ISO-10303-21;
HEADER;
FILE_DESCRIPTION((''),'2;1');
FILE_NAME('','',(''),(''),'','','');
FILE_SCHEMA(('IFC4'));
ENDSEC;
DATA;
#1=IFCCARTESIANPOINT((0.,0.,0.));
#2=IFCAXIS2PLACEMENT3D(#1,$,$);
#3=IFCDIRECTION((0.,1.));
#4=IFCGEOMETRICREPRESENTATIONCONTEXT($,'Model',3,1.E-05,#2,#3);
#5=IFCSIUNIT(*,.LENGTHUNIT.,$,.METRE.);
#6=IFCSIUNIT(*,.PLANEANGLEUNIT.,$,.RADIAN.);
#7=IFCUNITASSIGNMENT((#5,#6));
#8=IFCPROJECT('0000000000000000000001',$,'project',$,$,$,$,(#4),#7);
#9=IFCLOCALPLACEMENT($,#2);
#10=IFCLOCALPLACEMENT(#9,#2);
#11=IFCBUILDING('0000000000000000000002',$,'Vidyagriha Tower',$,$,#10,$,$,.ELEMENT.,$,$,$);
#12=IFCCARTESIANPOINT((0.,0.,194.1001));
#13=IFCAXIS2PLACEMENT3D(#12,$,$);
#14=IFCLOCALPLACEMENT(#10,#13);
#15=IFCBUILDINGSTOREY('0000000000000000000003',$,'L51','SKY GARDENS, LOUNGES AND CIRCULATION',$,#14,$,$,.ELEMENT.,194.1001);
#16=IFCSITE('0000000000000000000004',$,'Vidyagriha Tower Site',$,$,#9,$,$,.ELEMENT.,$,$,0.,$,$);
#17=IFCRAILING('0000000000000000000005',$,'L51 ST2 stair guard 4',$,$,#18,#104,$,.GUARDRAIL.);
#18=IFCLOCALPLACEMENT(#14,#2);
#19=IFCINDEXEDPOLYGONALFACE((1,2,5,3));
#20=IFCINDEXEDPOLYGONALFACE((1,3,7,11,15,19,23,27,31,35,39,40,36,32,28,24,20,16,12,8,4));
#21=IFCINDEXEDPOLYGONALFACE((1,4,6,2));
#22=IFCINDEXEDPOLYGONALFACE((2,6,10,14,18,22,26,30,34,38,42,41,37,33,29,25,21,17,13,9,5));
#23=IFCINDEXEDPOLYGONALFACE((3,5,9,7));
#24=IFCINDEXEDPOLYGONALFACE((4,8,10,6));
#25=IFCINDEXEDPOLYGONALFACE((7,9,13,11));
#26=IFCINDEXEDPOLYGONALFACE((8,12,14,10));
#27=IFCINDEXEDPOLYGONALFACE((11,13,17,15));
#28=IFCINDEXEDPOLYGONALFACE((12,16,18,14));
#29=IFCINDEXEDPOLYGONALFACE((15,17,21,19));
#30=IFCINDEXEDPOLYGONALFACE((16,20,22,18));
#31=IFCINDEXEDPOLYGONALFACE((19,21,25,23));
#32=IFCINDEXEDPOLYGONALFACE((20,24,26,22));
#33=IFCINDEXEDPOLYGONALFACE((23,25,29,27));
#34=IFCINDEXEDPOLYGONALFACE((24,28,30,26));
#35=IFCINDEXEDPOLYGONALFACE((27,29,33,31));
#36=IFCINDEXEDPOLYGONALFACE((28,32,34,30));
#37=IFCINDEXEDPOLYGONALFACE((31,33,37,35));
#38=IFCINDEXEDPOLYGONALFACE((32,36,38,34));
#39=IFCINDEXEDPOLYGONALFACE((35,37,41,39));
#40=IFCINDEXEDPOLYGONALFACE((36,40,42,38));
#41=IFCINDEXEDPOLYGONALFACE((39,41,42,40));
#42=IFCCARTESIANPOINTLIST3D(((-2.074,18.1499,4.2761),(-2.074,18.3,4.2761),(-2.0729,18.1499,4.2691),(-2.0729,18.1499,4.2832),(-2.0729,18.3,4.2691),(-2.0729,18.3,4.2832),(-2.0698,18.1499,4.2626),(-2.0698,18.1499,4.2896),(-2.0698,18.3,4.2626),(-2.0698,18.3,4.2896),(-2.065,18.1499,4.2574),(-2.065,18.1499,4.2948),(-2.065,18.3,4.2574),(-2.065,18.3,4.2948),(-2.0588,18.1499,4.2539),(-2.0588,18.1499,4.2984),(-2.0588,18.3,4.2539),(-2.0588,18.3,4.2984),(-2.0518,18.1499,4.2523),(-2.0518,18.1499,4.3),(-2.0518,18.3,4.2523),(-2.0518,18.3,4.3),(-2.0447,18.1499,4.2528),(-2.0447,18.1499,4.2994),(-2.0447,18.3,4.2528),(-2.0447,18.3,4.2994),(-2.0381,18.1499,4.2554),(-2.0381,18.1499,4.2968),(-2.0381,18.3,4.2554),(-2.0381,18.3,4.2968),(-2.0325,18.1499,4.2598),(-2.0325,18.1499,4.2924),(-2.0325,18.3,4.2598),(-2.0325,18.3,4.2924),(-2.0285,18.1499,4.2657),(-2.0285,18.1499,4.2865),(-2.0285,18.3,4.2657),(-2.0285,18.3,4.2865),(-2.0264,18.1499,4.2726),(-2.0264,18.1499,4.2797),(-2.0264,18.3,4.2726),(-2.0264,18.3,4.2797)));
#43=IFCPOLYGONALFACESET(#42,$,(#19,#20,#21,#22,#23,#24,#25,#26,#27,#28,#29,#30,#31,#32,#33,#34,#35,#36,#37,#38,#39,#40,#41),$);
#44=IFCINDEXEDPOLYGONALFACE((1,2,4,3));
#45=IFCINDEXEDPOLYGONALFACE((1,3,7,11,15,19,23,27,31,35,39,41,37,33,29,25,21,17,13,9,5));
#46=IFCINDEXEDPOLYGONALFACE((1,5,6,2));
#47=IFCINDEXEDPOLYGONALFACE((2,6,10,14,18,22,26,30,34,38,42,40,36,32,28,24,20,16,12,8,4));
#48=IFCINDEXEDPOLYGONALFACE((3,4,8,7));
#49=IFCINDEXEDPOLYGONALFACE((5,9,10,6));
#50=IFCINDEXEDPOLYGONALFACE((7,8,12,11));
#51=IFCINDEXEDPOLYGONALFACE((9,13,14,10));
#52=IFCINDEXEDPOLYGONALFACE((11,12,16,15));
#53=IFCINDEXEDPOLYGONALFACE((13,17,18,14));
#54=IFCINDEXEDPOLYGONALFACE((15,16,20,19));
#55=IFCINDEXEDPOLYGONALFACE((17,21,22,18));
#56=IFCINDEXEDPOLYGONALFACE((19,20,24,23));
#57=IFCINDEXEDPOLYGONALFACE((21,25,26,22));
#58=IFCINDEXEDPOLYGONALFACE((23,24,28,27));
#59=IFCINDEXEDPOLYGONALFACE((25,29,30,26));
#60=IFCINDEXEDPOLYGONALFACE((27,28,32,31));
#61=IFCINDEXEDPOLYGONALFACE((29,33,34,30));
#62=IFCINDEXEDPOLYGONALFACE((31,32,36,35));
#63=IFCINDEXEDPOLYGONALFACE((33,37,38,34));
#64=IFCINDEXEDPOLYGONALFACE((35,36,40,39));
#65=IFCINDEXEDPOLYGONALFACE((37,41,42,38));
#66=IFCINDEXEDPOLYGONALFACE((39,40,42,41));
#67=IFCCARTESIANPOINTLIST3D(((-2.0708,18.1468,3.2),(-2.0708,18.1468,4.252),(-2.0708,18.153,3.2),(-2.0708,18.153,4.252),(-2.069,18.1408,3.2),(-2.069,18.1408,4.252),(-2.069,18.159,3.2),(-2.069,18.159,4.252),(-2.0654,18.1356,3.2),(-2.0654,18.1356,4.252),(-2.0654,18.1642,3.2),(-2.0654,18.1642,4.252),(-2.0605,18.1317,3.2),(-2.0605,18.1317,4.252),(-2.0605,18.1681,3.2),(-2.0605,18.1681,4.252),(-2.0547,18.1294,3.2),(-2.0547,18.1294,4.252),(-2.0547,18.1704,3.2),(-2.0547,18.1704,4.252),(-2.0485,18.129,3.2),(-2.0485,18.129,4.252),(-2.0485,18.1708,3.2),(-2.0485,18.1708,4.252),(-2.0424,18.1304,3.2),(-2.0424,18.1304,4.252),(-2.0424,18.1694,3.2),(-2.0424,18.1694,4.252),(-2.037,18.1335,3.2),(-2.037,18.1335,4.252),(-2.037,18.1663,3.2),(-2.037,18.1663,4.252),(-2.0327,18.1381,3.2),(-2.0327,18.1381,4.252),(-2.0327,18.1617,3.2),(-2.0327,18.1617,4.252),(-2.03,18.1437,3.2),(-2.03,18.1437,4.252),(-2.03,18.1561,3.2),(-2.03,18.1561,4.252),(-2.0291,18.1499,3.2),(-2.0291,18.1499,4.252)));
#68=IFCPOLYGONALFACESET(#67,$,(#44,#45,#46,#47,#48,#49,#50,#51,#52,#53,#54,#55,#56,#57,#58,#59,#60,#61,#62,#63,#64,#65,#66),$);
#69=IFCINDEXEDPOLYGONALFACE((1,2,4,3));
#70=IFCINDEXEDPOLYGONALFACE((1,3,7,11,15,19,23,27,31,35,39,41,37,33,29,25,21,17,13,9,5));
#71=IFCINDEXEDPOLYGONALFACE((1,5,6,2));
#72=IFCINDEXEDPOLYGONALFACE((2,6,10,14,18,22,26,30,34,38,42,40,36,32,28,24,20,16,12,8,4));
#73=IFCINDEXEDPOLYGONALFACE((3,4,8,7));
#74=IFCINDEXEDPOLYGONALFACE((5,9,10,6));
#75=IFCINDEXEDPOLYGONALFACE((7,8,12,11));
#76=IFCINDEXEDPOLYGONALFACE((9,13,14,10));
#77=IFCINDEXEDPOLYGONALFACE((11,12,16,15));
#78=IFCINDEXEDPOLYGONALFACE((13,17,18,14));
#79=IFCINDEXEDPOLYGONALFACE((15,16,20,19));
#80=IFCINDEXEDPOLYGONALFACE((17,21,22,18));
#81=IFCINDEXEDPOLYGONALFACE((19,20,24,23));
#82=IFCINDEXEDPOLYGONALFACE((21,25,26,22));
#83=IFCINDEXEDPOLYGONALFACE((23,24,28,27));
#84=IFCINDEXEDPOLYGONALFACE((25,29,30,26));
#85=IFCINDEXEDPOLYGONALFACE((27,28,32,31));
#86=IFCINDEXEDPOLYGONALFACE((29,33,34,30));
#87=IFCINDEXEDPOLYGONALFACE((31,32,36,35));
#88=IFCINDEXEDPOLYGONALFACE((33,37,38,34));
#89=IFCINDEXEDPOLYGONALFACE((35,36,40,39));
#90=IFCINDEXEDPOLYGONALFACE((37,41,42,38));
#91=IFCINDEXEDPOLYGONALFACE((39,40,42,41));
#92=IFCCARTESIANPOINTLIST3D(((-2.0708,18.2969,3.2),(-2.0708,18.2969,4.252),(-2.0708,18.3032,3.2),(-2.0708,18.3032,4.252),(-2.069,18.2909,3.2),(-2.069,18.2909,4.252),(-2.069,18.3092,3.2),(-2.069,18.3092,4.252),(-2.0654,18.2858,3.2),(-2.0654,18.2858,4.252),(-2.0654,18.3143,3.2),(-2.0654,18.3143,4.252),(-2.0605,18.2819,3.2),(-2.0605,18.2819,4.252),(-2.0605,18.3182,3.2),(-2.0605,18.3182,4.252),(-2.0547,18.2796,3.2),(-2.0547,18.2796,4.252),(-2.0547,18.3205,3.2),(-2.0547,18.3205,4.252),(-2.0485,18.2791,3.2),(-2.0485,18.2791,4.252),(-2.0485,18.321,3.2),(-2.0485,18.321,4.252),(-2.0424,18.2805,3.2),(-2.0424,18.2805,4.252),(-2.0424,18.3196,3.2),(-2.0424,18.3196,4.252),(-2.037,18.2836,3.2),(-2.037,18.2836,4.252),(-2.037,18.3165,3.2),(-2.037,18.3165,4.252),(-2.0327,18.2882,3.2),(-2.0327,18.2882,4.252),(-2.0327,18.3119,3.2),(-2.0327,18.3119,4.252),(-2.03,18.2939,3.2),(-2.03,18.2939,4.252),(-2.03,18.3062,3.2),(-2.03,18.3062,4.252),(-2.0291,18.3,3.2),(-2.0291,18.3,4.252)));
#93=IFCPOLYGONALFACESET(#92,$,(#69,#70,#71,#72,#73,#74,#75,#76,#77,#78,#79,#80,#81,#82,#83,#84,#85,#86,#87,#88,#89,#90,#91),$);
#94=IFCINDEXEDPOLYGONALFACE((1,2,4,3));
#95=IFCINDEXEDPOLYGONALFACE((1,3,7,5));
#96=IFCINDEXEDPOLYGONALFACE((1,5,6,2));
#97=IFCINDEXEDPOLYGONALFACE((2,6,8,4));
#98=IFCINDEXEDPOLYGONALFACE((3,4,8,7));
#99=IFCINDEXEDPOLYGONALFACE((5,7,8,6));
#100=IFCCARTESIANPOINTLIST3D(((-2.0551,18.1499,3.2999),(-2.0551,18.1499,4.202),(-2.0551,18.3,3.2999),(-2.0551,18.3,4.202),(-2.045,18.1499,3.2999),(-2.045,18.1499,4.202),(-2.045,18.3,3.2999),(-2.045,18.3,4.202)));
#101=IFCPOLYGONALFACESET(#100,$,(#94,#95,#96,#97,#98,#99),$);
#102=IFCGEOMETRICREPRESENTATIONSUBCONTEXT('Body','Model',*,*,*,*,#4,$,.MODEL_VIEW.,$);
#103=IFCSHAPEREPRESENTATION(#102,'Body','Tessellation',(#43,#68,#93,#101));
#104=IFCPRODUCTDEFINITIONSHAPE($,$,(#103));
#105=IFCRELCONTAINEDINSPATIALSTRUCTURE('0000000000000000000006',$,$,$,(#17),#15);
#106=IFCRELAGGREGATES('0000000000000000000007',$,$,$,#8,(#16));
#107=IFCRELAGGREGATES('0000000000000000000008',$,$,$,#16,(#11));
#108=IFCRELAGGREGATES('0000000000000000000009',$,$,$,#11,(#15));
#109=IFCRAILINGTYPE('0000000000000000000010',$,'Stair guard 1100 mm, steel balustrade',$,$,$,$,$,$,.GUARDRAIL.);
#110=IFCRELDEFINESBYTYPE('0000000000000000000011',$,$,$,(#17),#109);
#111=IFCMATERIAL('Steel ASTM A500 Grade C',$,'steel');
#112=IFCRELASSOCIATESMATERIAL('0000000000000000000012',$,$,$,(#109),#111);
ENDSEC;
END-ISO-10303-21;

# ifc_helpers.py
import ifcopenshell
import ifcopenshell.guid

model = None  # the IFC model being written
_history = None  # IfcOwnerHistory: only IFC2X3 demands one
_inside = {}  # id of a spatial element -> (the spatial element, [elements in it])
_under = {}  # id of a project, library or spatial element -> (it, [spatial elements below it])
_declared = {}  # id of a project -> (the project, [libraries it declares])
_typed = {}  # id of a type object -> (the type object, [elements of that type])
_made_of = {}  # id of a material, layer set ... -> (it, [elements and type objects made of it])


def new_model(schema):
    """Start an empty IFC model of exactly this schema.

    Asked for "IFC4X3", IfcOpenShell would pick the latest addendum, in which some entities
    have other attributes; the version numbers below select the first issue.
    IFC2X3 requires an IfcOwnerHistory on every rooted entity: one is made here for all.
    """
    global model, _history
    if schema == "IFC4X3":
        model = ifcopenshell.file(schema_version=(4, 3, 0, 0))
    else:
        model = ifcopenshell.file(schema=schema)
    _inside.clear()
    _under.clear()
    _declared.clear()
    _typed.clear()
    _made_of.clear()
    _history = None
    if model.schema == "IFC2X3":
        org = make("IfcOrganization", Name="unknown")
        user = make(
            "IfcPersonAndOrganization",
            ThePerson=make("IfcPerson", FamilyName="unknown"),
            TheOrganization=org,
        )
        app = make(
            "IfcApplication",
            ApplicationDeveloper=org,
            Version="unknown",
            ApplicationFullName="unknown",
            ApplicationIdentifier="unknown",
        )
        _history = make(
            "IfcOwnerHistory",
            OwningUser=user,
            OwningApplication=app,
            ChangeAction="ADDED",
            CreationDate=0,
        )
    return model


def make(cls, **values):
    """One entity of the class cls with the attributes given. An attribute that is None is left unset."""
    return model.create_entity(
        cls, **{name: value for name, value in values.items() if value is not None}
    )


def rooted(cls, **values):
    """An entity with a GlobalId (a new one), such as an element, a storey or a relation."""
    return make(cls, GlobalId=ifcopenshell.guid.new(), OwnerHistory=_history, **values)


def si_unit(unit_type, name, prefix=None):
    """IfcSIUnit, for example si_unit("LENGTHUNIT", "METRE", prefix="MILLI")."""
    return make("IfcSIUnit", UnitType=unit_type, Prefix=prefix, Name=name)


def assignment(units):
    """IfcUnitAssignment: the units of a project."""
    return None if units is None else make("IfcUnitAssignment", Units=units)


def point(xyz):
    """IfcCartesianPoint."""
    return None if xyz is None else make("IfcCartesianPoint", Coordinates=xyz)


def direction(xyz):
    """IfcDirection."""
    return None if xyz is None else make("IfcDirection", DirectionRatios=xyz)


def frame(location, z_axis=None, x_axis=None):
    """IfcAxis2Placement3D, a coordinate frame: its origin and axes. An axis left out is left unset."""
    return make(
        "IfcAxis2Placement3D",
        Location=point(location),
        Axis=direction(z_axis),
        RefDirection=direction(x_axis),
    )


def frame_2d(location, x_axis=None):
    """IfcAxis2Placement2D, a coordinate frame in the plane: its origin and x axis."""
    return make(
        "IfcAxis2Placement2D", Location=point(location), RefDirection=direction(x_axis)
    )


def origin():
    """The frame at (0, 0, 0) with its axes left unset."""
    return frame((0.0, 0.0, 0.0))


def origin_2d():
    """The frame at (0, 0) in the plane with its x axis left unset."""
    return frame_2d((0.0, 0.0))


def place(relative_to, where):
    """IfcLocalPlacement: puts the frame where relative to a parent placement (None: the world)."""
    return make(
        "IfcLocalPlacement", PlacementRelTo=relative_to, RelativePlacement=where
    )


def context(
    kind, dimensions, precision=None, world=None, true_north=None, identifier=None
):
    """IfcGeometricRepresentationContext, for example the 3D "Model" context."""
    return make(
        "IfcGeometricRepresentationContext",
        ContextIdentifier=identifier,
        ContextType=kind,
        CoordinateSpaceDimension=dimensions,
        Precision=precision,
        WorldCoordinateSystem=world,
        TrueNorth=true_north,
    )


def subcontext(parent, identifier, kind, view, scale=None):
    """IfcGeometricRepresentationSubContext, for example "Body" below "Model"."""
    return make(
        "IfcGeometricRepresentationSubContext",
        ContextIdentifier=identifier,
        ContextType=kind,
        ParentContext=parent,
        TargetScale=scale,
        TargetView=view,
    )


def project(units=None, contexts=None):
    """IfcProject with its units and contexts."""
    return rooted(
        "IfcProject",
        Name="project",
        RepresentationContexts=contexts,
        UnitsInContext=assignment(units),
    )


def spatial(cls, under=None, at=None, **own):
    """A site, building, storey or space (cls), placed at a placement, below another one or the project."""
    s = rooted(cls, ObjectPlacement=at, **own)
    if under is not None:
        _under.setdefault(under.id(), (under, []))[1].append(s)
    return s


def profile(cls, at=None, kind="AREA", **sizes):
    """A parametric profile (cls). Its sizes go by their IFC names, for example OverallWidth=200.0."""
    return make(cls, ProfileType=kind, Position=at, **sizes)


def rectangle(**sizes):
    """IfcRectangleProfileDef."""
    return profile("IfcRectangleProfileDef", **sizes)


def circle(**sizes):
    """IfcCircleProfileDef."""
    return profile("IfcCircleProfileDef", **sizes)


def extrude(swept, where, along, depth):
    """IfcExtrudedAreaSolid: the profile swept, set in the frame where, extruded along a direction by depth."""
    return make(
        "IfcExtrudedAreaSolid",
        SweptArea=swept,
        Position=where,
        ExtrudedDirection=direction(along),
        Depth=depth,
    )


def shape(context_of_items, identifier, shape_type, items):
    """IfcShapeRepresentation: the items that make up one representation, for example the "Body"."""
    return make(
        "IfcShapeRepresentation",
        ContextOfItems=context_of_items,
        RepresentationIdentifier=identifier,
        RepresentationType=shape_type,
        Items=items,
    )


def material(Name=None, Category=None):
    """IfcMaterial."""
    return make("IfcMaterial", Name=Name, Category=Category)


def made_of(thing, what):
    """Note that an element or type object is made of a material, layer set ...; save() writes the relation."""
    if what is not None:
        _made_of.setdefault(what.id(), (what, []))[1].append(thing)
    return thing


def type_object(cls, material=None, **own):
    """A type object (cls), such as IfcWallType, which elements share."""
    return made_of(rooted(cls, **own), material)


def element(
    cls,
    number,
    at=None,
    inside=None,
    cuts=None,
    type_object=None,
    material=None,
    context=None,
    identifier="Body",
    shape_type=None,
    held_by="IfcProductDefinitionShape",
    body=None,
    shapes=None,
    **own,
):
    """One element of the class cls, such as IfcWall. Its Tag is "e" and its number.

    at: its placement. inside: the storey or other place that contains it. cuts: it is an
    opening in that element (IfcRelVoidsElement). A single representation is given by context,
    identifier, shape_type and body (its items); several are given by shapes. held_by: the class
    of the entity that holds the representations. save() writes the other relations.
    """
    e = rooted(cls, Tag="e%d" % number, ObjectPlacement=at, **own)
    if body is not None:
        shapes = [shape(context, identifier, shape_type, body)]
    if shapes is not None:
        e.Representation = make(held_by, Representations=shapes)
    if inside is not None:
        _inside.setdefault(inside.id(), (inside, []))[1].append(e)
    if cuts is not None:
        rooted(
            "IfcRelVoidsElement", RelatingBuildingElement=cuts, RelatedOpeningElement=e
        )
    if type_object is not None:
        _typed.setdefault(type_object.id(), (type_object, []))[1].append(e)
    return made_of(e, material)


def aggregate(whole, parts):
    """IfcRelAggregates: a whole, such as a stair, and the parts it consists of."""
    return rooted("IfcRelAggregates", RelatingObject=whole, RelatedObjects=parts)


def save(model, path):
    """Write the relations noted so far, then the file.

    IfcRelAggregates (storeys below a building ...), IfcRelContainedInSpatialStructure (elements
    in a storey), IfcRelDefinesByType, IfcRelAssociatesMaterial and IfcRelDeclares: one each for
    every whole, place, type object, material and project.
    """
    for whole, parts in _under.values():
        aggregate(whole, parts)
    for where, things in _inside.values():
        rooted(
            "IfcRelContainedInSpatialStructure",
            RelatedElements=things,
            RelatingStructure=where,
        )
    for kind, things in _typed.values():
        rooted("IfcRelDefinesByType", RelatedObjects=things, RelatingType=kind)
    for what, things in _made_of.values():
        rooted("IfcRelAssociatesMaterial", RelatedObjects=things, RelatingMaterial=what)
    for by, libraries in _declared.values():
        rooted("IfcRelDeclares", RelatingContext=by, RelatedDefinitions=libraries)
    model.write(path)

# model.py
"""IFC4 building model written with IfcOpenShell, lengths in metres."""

from ifc_helpers import new_model, si_unit, direction, frame, origin, origin_2d, place, context, subcontext, project, spatial, rectangle, circle, extrude, material, type_object, element, save


model = new_model("IFC4")

# Units and contexts
model_context = context("Model", 3, precision=1e-05, world=origin(), true_north=direction((0.0, 1.0)))
body_context = subcontext(model_context, "Body", "Model", "MODEL_VIEW")
ifc_project = project(units=[si_unit("LENGTHUNIT", "METRE"), si_unit("PLANEANGLEUNIT", "RADIAN")], contexts=[model_context])

# Site, building, storey
site_placement = place(None, origin())
site = spatial("IfcSite", under=ifc_project, at=site_placement, Name="Vidyagriha Tower Site", CompositionType="ELEMENT", RefElevation=0.0)
building_placement = place(site_placement, origin())
building = spatial("IfcBuilding", under=site, at=building_placement, Name="Vidyagriha Tower", CompositionType="ELEMENT")
storey_placement = place(building_placement, frame((0.0, 0.0, 194.1001)))
storey = spatial("IfcBuildingStorey", under=building, at=storey_placement, Name="L51", Description="SKY GARDENS, LOUNGES AND CIRCULATION", CompositionType="ELEMENT", Elevation=194.1001)

# Railing
ifc_material_1 = material(Name="Steel ASTM A500 Grade C", Category="steel")
railing_type_1 = type_object("IfcRailingType", Name="Stair guard 1100 mm, steel balustrade", PredefinedType="GUARDRAIL", material=ifc_material_1)
railing_1_placement = place(storey_placement, frame((-2.05, 18.1499, 3.2)))
element("IfcRailing", 1, at=railing_1_placement, inside=storey, type_object=railing_type_1, Name="L51 ST2 stair guard 4", PredefinedType="GUARDRAIL", context=body_context, shape_type="SweptSolid", body=[
    extrude(circle(Radius=0.0239, at=origin_2d()), frame((0.0, 0.0, 1.0762), z_axis=(0.0, 1.0, 0.0), x_axis=(-1.0, 0.0, 0.0)), (0.0, 0.0, 1.0), 0.1501),
    extrude(circle(Radius=0.021, at=origin_2d()), origin(), (0.0, 0.0, 1.0), 1.052),
    extrude(circle(Radius=0.021, at=origin_2d()), frame((0.0, 0.1501, 0.0)), (0.0, 0.0, 1.0), 1.052),
    extrude(rectangle(XDim=0.01, YDim=0.9021, at=origin_2d()), frame((0.0, 0.0, 0.551), z_axis=(0.0, 1.0, 0.0), x_axis=(-1.0, 0.0, 0.0)), (0.0, 0.0, 1.0), 0.1501),
])

save(model, "model.ifc")
